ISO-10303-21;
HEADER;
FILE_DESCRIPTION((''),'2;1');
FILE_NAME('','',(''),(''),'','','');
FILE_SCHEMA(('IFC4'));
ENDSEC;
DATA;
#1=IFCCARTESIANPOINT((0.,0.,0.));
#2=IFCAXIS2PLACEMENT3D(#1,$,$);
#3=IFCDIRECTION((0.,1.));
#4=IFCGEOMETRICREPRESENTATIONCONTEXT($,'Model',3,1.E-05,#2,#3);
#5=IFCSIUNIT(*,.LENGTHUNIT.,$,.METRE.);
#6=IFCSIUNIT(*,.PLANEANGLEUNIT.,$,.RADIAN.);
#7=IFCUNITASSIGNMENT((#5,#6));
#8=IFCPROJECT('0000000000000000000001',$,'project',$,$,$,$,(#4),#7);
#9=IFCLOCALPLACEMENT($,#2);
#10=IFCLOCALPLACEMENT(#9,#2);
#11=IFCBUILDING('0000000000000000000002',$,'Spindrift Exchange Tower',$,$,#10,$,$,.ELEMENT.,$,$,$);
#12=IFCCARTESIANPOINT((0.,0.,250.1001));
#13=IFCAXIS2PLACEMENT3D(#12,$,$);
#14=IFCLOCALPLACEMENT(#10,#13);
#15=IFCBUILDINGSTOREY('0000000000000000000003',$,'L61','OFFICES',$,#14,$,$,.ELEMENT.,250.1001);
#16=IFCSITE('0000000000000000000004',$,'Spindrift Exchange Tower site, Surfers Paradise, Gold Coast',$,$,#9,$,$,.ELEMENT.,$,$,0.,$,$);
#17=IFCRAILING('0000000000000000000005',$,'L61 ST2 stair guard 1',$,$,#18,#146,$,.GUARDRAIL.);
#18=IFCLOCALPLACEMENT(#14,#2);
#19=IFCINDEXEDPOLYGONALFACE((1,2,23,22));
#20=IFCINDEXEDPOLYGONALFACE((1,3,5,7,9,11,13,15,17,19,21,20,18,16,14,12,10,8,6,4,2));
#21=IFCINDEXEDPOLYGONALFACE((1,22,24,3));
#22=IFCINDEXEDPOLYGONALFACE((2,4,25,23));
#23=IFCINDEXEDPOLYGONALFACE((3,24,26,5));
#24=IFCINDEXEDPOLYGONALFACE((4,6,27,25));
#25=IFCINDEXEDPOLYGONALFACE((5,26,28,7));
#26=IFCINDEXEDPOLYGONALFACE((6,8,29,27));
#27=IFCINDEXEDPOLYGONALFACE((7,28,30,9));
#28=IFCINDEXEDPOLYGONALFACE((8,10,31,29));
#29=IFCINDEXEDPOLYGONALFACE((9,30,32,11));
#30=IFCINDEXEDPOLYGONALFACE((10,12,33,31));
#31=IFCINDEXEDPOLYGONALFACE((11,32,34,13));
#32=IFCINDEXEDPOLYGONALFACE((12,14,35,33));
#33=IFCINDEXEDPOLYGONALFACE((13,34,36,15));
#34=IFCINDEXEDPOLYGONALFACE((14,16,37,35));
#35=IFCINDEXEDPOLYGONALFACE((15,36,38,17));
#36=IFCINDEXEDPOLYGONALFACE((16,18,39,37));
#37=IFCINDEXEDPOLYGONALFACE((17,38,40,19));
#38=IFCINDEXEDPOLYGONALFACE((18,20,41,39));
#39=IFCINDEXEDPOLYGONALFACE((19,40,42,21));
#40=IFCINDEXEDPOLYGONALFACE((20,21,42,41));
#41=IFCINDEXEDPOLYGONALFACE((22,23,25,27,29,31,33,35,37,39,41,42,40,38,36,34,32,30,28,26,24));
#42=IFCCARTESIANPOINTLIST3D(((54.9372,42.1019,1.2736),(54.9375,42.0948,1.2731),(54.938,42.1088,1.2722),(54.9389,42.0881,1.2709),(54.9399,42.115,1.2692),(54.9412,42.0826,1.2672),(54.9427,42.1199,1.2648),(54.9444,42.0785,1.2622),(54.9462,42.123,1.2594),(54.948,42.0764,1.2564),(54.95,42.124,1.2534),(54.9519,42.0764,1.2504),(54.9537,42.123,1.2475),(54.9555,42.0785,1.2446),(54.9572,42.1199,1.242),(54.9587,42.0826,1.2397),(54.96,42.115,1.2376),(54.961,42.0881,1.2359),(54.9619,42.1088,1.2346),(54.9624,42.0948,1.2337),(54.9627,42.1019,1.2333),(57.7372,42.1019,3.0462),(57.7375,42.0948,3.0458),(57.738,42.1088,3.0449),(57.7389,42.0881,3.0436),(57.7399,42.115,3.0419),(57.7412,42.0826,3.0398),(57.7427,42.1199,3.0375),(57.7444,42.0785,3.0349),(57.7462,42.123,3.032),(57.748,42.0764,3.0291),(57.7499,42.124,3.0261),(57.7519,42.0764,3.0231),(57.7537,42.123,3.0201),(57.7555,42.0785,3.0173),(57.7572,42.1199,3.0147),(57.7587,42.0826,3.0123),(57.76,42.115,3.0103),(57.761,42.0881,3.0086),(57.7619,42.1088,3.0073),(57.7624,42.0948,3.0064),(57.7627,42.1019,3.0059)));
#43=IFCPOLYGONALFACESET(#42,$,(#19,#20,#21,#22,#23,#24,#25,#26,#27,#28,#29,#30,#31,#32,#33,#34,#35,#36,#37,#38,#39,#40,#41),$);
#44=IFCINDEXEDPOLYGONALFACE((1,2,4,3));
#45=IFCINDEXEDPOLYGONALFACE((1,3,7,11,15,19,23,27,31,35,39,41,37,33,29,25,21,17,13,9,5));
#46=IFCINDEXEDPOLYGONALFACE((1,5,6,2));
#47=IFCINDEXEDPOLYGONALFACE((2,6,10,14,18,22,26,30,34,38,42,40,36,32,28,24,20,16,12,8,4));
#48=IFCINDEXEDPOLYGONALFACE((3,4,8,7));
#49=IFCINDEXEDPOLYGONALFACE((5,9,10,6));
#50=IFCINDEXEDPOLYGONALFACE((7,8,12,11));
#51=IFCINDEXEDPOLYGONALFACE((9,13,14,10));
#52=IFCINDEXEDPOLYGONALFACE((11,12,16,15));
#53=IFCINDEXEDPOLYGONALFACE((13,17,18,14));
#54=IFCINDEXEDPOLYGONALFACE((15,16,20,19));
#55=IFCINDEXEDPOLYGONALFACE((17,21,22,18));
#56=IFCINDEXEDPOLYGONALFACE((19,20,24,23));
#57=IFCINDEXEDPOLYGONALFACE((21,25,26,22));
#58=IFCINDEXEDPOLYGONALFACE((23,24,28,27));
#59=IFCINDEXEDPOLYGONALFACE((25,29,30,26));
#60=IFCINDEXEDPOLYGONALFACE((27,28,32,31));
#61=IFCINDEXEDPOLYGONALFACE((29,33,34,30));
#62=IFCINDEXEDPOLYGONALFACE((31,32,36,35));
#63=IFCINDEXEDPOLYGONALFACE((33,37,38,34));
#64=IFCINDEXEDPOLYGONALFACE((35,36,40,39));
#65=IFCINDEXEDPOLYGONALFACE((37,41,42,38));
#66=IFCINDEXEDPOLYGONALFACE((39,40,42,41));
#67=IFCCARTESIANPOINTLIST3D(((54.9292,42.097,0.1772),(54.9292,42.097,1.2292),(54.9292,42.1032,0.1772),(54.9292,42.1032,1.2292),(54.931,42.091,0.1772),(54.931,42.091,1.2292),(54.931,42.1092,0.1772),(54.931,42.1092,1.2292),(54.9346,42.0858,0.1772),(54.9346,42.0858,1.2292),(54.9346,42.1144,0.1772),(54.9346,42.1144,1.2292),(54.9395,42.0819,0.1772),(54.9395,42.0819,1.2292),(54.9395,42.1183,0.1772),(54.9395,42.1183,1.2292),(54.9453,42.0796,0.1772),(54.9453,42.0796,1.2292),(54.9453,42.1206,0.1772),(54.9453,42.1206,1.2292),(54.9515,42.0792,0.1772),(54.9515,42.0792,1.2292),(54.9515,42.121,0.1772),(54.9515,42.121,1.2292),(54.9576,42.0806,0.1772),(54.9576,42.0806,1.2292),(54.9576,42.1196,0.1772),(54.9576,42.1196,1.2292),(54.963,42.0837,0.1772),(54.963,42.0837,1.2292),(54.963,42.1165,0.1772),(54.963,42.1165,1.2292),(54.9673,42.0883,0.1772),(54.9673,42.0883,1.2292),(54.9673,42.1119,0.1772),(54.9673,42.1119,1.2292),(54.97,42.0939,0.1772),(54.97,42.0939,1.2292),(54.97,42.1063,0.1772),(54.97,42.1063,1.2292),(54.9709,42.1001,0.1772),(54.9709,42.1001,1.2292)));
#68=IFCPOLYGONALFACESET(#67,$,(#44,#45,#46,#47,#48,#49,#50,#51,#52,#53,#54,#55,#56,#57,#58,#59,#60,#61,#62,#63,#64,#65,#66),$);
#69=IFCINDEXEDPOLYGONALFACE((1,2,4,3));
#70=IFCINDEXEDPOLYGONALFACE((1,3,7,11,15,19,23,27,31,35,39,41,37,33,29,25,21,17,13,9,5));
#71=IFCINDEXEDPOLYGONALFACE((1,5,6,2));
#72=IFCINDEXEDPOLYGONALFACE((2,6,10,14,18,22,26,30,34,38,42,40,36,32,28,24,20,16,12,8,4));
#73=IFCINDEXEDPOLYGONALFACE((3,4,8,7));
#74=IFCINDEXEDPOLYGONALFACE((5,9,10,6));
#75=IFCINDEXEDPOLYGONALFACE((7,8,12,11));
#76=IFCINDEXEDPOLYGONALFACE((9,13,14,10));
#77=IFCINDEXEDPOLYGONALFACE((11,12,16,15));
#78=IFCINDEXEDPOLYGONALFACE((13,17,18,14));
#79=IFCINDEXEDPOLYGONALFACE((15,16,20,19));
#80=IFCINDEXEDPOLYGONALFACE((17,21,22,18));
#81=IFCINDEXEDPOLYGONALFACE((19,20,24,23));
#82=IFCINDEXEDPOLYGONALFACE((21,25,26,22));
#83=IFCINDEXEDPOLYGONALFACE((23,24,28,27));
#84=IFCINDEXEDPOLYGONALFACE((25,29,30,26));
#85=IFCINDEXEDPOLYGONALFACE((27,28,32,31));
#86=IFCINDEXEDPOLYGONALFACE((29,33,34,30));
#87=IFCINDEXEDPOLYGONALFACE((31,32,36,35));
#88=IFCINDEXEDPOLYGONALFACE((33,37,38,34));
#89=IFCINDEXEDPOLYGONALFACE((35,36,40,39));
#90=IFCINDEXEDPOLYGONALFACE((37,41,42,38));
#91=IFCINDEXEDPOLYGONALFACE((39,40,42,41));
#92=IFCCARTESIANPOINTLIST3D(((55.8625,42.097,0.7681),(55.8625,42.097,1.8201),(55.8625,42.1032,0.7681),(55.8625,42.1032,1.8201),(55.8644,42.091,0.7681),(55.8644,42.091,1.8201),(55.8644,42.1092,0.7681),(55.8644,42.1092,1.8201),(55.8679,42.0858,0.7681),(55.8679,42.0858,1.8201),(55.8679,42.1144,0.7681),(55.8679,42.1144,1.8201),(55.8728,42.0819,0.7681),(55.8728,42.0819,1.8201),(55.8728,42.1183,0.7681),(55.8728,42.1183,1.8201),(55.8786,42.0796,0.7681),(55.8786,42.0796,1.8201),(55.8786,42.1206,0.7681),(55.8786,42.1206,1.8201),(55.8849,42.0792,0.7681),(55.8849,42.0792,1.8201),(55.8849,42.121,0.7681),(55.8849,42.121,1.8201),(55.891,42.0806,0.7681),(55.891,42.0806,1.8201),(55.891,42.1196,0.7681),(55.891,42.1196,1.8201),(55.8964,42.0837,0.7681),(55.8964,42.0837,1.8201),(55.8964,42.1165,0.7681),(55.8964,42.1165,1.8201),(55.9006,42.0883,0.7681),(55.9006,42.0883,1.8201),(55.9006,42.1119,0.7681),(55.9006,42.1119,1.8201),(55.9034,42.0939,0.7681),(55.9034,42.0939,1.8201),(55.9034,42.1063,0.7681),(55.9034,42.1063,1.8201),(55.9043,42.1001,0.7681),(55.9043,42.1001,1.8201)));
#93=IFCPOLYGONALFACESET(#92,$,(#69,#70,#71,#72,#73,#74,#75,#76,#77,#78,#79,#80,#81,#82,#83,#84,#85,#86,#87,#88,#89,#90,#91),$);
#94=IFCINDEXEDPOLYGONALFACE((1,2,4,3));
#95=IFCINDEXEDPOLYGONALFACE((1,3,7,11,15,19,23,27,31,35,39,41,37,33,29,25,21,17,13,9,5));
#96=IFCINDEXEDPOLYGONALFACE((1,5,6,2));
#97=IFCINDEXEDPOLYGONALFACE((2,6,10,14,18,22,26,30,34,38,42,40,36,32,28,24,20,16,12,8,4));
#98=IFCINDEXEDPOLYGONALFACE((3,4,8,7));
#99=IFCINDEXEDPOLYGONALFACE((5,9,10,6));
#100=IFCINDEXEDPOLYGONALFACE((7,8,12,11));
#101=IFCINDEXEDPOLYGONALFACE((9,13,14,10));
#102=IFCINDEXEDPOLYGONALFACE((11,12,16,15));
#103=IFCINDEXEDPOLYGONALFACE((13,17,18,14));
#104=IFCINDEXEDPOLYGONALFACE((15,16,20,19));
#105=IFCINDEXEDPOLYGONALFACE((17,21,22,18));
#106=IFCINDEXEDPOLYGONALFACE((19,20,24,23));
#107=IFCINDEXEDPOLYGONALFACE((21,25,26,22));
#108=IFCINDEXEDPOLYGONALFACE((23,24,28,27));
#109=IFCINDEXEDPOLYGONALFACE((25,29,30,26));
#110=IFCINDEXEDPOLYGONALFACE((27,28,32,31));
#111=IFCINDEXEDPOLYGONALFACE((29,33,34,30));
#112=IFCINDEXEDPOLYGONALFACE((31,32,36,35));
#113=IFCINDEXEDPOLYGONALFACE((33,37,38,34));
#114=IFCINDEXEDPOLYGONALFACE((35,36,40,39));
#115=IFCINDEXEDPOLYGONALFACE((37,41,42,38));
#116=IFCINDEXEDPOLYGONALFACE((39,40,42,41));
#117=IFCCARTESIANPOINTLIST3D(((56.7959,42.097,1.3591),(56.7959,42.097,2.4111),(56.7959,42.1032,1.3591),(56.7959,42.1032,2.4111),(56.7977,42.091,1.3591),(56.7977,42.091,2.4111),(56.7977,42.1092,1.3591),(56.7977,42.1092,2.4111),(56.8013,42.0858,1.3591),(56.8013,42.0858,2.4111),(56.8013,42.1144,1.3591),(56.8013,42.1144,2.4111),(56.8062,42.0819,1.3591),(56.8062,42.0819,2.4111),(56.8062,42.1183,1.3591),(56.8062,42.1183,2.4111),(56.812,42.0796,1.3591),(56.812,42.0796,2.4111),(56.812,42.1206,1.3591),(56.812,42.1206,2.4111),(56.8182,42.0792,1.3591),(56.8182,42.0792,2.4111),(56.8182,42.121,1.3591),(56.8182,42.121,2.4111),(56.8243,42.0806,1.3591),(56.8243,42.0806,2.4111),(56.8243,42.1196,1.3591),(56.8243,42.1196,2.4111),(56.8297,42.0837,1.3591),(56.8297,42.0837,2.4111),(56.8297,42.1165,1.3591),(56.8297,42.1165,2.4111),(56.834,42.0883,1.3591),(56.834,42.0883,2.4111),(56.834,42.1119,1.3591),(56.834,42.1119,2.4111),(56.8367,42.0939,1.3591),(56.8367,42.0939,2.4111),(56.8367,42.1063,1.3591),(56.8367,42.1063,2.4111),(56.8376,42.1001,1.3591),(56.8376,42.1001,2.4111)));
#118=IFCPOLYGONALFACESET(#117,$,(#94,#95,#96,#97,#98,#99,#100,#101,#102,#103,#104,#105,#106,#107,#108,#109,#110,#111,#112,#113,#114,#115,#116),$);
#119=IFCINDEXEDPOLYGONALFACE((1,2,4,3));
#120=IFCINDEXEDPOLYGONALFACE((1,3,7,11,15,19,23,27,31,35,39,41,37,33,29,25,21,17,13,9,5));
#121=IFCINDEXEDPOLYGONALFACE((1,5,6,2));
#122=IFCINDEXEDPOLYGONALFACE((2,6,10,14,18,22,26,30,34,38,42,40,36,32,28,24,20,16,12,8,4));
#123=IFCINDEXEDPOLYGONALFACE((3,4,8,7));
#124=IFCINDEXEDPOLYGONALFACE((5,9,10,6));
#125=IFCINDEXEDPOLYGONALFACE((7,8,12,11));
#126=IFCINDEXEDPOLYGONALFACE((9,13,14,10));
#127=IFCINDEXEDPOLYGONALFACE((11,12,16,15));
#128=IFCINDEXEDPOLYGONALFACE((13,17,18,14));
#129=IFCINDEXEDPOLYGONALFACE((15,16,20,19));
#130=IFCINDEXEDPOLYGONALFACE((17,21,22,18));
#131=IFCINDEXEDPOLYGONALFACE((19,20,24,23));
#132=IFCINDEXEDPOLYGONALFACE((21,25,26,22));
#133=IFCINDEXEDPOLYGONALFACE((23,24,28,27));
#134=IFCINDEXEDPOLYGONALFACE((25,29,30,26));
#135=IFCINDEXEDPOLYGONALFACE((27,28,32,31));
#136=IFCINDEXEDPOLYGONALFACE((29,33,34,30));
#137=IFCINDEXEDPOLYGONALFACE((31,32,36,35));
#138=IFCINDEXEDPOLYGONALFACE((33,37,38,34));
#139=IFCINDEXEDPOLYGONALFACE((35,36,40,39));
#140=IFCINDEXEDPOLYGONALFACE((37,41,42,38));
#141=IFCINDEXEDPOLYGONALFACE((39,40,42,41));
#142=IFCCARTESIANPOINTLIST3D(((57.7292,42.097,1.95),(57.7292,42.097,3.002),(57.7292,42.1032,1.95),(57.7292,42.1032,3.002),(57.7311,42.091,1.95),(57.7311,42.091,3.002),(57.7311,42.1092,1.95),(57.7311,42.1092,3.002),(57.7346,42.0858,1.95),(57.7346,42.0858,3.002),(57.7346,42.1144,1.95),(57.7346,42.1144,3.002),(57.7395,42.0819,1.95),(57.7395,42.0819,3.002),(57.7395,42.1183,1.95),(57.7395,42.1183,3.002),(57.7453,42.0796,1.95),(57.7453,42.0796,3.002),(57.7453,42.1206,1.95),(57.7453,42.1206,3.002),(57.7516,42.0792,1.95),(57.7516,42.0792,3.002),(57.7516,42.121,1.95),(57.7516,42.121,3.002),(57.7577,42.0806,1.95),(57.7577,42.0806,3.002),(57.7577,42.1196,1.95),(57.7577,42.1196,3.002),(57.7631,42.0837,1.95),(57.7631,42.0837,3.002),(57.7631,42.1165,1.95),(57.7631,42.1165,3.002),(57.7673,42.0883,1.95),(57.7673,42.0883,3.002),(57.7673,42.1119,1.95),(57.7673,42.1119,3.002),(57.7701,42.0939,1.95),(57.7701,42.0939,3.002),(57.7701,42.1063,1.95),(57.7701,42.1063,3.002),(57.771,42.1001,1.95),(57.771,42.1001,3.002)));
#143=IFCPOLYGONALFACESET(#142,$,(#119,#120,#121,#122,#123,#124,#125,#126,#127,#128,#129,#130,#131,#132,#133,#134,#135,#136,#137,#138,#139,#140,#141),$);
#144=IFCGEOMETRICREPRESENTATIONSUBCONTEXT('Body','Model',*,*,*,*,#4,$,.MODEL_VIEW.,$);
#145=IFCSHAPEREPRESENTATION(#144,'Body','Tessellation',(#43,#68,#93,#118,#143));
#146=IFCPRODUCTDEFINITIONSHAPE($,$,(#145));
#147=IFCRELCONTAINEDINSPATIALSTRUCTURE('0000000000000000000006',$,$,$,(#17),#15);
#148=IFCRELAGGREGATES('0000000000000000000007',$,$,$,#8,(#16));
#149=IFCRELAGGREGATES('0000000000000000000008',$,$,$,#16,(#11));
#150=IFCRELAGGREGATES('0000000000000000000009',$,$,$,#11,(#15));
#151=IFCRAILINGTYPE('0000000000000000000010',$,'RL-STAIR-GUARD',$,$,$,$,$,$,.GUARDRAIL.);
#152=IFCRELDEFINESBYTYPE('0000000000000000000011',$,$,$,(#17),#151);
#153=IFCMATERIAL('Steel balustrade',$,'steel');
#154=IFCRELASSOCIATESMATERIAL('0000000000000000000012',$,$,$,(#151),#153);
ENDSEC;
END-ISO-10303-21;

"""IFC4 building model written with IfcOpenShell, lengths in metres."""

from ifc_helpers import new_model, si_unit, direction, frame, origin, origin_2d, place, context, subcontext, project, spatial, circle, extrude, material, type_object, element, save


model = new_model("IFC4")

# Units and contexts
model_context = context("Model", 3, precision=1e-05, world=origin(), true_north=direction((0.0, 1.0)))
body_context = subcontext(model_context, "Body", "Model", "MODEL_VIEW")
ifc_project = project(units=[si_unit("LENGTHUNIT", "METRE"), si_unit("PLANEANGLEUNIT", "RADIAN")], contexts=[model_context])

# Site, building, storey
site_placement = place(None, origin())
site = spatial("IfcSite", under=ifc_project, at=site_placement, Name="Spindrift Exchange Tower site, Surfers Paradise, Gold Coast", CompositionType="ELEMENT", RefElevation=0.0)
building_placement = place(site_placement, origin())
building = spatial("IfcBuilding", under=site, at=building_placement, Name="Spindrift Exchange Tower", CompositionType="ELEMENT")
storey_placement = place(building_placement, frame((0.0, 0.0, 250.1001)))
storey = spatial("IfcBuildingStorey", under=building, at=storey_placement, Name="L61", Description="OFFICES", CompositionType="ELEMENT", Elevation=250.1001)

# Railing
ifc_material_1 = material(Name="Steel balustrade", Category="steel")
railing_type_1 = type_object("IfcRailingType", Name="RL-STAIR-GUARD", PredefinedType="GUARDRAIL", material=ifc_material_1)
railing_1_placement = place(storey_placement, frame((54.95, 42.1001, 0.1772)))
element("IfcRailing", 1, at=railing_1_placement, inside=storey, type_object=railing_type_1, Name="L61 ST2 stair guard 1", PredefinedType="GUARDRAIL", context=body_context, shape_type="SweptSolid", body=[
    extrude(circle(Radius=0.0239, at=origin_2d()), frame((0.0, 0.0, 1.0762), z_axis=(0.844909, 0.0, 0.53491), x_axis=(0.0, 1.0, 0.0)), (0.0, 0.0, 1.0), 3.314),
    extrude(circle(Radius=0.021, at=origin_2d()), origin(), (0.0, 0.0, 1.0), 1.052),
    extrude(circle(Radius=0.021, at=origin_2d()), frame((0.9333, 0.0, 0.5908)), (0.0, 0.0, 1.0), 1.052),
    extrude(circle(Radius=0.021, at=origin_2d()), frame((1.8667, 0.0, 1.1819)), (0.0, 0.0, 1.0), 1.052),
    extrude(circle(Radius=0.021, at=origin_2d()), frame((2.8, 0.0, 1.7727)), (0.0, 0.0, 1.0), 1.052),
])

save(model, "model.ifc")
